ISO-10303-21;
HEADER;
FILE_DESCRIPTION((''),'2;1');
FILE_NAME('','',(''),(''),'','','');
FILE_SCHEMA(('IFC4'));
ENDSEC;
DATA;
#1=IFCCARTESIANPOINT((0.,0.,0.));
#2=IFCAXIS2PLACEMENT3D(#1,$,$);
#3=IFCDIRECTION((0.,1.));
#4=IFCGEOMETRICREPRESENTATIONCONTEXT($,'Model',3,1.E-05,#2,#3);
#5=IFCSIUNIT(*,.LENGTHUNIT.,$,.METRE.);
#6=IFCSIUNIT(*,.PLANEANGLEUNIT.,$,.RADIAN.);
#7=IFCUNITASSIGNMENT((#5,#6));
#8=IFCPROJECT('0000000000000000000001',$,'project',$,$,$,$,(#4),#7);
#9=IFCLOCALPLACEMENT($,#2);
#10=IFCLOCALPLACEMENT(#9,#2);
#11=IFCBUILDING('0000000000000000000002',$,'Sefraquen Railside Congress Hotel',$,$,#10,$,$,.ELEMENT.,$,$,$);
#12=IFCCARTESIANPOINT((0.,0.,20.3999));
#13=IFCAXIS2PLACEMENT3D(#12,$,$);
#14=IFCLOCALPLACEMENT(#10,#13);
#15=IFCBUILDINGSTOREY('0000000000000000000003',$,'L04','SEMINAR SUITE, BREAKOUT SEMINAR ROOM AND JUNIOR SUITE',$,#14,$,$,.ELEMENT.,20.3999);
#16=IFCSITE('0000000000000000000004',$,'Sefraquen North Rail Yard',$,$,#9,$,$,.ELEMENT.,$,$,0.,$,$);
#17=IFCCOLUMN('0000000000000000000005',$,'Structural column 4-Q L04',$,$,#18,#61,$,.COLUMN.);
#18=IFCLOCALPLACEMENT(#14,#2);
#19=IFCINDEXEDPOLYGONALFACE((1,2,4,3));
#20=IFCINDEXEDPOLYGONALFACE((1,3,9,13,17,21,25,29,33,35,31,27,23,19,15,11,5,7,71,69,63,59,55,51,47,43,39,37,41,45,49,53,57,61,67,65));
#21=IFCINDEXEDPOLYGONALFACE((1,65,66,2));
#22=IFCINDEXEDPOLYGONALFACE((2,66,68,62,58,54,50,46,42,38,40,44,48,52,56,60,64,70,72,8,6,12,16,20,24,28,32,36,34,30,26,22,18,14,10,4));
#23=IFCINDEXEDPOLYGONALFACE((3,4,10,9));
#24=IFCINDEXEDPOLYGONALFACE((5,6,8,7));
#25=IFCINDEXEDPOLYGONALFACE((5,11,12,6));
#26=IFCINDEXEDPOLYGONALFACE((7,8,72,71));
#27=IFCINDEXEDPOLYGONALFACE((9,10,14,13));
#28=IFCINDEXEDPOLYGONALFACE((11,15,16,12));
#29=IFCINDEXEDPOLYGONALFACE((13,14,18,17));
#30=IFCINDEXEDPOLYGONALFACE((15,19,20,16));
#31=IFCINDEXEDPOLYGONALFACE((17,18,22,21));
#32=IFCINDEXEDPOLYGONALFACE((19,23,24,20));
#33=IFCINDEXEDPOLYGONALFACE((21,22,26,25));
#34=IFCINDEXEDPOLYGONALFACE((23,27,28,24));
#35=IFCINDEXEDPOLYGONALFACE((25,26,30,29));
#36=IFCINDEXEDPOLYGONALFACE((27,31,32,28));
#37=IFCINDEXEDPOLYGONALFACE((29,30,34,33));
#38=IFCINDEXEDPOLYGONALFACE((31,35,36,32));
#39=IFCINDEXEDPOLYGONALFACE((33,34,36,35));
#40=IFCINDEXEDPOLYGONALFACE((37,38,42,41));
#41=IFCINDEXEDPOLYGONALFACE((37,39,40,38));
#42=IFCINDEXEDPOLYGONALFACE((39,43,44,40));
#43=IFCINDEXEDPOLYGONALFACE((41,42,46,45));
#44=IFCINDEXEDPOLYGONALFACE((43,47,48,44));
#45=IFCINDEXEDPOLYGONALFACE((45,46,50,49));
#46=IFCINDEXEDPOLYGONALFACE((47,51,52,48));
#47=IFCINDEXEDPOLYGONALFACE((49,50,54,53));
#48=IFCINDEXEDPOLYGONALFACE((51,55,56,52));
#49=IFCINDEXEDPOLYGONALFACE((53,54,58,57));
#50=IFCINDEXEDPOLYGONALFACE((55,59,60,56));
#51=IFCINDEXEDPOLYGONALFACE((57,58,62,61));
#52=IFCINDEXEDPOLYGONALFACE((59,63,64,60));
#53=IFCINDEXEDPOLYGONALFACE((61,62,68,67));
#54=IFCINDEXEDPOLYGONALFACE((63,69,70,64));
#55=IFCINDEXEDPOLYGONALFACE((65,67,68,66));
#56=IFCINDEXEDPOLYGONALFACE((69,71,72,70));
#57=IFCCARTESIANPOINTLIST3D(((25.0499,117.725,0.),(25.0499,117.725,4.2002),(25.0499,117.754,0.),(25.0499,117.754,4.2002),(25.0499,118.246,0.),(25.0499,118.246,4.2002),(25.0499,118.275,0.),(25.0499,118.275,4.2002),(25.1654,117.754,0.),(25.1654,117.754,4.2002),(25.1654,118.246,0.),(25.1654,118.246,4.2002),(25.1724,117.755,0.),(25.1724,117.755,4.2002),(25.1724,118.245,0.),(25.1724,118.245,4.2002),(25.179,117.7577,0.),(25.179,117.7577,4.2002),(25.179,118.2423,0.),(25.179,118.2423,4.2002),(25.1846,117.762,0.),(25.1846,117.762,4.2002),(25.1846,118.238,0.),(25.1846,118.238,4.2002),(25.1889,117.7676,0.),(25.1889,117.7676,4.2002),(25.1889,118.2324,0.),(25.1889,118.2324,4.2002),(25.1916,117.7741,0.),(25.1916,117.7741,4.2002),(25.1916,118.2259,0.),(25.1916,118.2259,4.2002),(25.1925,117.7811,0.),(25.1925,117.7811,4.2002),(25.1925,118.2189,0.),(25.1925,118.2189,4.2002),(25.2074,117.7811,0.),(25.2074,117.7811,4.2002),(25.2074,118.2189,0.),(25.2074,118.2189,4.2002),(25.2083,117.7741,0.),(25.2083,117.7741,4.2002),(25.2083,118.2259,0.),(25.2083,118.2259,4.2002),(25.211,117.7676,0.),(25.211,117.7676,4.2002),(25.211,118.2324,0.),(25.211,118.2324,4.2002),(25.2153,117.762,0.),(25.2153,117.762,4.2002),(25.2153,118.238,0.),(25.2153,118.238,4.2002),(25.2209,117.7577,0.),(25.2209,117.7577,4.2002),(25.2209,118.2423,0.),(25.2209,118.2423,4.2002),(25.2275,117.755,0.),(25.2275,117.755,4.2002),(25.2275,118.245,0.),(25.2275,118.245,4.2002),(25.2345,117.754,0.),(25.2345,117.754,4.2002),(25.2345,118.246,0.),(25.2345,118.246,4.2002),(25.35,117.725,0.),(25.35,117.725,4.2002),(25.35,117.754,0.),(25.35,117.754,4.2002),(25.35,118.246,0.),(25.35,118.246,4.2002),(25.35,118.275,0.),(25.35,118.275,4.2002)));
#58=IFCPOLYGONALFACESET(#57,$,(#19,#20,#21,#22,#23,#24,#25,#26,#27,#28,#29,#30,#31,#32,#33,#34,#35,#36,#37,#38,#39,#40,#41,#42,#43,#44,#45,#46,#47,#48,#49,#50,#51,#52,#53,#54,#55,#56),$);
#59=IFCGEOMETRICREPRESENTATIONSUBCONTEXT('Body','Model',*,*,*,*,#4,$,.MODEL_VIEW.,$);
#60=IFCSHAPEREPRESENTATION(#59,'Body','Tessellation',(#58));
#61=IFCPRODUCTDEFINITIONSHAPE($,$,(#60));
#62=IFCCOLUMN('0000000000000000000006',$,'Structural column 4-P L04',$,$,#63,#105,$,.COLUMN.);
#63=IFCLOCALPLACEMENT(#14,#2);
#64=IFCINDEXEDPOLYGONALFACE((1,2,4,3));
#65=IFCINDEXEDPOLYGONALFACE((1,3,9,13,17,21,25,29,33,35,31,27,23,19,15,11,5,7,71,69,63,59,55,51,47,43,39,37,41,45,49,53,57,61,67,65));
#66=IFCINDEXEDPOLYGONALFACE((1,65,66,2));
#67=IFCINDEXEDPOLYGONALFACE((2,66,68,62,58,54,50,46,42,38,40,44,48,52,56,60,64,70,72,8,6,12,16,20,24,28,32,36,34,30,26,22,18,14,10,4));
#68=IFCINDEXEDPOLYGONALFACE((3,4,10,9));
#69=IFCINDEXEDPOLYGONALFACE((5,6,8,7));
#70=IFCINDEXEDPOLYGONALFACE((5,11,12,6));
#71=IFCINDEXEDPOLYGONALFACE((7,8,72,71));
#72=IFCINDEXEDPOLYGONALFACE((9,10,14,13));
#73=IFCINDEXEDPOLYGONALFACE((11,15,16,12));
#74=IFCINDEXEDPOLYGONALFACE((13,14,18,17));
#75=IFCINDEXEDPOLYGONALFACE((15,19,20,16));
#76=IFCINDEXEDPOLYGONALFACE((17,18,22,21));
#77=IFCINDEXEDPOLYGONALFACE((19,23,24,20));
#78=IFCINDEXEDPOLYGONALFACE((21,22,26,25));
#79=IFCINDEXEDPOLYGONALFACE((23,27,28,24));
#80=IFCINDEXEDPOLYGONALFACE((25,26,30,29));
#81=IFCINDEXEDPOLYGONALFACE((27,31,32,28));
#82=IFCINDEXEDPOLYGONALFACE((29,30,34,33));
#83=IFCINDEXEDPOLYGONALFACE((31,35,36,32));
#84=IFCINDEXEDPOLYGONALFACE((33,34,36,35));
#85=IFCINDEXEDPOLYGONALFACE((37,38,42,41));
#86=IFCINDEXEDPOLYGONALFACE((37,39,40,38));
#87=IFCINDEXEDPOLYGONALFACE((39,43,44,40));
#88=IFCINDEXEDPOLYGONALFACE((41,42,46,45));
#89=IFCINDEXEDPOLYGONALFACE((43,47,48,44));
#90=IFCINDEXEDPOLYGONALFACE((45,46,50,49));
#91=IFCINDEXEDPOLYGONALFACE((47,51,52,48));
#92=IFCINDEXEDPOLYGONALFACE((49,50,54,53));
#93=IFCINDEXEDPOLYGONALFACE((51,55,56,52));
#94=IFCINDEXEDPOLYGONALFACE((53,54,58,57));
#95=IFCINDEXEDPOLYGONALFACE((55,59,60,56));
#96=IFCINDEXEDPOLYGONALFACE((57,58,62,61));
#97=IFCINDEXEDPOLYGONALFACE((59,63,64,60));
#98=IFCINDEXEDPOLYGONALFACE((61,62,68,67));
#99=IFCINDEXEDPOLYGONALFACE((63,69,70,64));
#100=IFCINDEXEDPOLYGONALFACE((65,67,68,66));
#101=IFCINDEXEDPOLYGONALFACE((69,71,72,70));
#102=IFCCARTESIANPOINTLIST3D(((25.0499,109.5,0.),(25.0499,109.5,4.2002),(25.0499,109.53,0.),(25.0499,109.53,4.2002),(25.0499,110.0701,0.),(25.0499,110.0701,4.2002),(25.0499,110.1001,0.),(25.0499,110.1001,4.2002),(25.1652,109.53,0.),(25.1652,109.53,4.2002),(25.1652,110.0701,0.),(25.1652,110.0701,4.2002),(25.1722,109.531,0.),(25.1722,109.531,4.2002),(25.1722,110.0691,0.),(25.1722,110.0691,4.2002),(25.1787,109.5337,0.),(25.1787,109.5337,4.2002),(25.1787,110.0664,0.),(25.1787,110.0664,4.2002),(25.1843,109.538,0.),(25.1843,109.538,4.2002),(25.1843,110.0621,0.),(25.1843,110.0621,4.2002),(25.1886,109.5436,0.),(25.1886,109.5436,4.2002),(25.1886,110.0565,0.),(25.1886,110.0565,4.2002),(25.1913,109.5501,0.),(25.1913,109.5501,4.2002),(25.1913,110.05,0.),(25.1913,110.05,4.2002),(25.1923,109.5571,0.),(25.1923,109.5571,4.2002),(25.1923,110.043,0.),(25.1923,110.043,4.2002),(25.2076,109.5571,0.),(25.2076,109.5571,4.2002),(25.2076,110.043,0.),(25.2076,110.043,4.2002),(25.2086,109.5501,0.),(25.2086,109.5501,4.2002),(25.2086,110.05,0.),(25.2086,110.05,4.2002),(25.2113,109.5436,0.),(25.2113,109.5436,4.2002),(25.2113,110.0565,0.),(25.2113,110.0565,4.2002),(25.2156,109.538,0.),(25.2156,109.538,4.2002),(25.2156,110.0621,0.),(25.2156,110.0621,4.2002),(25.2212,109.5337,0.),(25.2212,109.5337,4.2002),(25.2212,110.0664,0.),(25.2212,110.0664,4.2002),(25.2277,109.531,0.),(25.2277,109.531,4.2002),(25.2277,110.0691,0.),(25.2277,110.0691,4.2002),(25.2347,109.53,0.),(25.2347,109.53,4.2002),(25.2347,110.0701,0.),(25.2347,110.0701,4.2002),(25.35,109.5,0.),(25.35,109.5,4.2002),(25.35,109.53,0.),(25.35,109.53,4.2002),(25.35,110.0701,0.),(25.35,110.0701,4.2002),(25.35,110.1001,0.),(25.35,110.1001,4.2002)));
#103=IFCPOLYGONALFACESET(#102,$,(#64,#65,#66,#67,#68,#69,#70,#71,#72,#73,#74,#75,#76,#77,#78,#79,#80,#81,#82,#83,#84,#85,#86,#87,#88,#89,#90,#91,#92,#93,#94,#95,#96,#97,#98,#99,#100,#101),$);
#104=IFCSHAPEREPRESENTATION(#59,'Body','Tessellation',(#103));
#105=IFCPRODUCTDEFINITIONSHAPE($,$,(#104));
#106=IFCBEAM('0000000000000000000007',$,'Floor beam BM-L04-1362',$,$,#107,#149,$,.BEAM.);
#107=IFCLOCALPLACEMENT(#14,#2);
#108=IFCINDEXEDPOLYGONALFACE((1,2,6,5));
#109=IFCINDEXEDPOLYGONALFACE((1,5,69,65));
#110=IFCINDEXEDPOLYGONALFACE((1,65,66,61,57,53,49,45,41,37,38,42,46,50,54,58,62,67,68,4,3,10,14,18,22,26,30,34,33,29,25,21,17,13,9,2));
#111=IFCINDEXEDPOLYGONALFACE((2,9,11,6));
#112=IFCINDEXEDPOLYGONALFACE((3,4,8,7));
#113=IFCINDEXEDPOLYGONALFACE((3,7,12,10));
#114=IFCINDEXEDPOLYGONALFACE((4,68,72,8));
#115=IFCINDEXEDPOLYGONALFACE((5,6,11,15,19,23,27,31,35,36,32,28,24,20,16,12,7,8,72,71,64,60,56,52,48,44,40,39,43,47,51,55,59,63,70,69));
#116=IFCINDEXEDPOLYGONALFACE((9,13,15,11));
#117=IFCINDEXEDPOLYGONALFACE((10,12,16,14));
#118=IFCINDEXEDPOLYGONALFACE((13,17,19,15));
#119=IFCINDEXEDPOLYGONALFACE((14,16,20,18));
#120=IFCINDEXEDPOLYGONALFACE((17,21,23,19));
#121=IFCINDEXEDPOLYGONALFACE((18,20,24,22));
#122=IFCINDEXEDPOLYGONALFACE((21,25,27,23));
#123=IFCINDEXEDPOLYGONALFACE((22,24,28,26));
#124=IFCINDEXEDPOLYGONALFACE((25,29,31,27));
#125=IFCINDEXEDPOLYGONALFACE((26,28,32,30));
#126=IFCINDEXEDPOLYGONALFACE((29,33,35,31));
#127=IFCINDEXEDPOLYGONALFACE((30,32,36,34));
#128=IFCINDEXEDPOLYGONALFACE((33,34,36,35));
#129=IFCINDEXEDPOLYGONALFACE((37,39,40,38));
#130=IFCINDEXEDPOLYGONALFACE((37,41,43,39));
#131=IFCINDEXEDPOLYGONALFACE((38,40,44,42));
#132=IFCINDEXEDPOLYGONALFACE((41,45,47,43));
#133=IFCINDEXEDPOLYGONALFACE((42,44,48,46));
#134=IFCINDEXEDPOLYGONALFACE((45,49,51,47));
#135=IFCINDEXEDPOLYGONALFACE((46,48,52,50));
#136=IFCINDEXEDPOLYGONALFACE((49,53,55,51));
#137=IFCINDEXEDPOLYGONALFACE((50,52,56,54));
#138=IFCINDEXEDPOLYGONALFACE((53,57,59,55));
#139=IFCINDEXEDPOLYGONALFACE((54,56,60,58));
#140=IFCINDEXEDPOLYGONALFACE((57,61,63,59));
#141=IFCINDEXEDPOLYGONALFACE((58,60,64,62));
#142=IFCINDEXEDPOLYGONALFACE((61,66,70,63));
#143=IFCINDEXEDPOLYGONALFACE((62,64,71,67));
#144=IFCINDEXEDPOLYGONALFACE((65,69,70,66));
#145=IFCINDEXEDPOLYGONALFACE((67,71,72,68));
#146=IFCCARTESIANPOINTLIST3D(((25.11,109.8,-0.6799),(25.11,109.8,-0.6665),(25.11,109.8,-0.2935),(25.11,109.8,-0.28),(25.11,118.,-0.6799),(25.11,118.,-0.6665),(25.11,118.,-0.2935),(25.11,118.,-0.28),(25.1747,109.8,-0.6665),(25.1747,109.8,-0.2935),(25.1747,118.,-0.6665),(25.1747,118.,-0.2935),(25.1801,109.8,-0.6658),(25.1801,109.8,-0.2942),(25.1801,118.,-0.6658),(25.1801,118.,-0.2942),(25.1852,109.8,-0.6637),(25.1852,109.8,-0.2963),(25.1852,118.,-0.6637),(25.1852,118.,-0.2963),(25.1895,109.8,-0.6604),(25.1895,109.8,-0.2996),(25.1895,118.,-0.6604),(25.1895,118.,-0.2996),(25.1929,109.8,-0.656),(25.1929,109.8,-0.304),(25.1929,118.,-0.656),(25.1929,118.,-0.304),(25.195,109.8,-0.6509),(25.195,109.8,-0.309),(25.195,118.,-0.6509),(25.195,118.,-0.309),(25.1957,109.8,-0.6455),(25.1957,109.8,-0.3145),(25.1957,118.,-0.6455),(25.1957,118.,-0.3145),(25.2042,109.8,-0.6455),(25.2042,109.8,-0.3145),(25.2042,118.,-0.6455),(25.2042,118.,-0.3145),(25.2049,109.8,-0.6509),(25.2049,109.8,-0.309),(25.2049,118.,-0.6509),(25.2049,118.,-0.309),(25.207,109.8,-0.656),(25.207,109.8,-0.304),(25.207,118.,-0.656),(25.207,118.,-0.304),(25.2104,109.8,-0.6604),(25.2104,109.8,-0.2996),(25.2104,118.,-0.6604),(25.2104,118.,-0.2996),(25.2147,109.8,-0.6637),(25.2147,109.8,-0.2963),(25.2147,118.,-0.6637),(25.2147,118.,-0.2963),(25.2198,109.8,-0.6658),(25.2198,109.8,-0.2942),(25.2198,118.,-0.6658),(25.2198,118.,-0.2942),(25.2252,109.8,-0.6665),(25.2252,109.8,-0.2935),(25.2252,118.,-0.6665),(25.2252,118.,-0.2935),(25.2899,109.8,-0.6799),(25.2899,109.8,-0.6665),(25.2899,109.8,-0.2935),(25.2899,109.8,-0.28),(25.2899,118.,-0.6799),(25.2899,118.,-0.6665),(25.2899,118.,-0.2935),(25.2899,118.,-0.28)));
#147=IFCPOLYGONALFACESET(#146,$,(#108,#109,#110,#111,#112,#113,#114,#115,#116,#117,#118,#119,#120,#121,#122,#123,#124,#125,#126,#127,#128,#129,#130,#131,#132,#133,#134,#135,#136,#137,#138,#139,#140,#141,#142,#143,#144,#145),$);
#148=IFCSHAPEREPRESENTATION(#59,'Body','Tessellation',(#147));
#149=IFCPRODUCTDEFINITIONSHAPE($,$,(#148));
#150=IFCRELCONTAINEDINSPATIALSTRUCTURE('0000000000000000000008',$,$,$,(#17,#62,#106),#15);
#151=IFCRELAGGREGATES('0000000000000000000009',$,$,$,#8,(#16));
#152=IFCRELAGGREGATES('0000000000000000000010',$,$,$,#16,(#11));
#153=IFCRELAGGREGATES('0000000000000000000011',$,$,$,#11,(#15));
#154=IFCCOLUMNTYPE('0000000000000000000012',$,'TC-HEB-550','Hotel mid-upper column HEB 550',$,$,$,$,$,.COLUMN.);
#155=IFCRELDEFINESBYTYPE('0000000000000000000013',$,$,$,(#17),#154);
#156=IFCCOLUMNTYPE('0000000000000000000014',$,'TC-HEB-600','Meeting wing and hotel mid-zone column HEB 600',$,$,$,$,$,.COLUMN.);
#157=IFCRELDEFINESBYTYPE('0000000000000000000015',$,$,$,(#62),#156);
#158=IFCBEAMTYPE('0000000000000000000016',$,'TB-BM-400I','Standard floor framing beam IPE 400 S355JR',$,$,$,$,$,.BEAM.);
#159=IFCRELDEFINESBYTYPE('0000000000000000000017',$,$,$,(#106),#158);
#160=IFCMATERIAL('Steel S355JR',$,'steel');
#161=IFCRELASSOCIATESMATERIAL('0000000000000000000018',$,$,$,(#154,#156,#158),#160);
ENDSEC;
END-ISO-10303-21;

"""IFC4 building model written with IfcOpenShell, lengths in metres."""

from ifc_helpers import new_model, si_unit, direction, frame, origin, origin_2d, place, context, subcontext, project, spatial, i_section, extrude, material, material_profile, profile_set, type_object, element, save


model = new_model("IFC4")

# Units and contexts
model_context = context("Model", 3, precision=1e-05, world=origin(), true_north=direction((0.0, 1.0)))
body_context = subcontext(model_context, "Body", "Model", "MODEL_VIEW")
ifc_project = project(units=[si_unit("LENGTHUNIT", "METRE"), si_unit("PLANEANGLEUNIT", "RADIAN")], contexts=[model_context])

# Site, building, storey
site_placement = place(None, origin())
site = spatial("IfcSite", under=ifc_project, at=site_placement, Name="Sefraquen North Rail Yard", CompositionType="ELEMENT", RefElevation=0.0)
building_placement = place(site_placement, origin())
building = spatial("IfcBuilding", under=site, at=building_placement, Name="Sefraquen Railside Congress Hotel", CompositionType="ELEMENT")
storey_placement = place(building_placement, frame((0.0, 0.0, 20.3999)))
storey = spatial("IfcBuildingStorey", under=building, at=storey_placement, Name="L04", Description="SEMINAR SUITE, BREAKOUT SEMINAR ROOM AND JUNIOR SUITE", CompositionType="ELEMENT", Elevation=20.3999)

# Columns
ifc_material_1 = material(Name="Steel S355JR", Category="steel")
ifc_material_profile_1 = material_profile(ifc_material_1, i_section(OverallWidth=0.3, OverallDepth=0.55, WebThickness=0.0149, FlangeThickness=0.0291, FilletRadius=0.0271, at=origin_2d()), Name="HEB 550")
ifc_profile_set_1 = profile_set([ifc_material_profile_1], Name="Steel S355JR")
column_type_1 = type_object("IfcColumnType", Name="TC-HEB-550", Description="Hotel mid-upper column HEB 550", PredefinedType="COLUMN", material=ifc_profile_set_1)
column_1_placement = place(storey_placement, frame((25.2, 118.0, 0.0), z_axis=(0.0, 0.0, 1.0), x_axis=(1.0, 0.0, 0.0)))
element("IfcColumn", 1, at=column_1_placement, inside=storey, type_object=column_type_1, Name="Structural column 4-Q L04", PredefinedType="COLUMN", context=body_context, shape_type="SweptSolid", body=[
    extrude(i_section(OverallWidth=0.3, OverallDepth=0.55, WebThickness=0.0149, FlangeThickness=0.0291, FilletRadius=0.0271, at=origin_2d()), origin(), (0.0, 0.0, 1.0), 4.2002),
])
ifc_material_profile_2 = material_profile(ifc_material_1, i_section(OverallWidth=0.3, OverallDepth=0.6001, WebThickness=0.0154, FlangeThickness=0.03, FilletRadius=0.0271, at=origin_2d()), Name="HEB 600")
ifc_profile_set_2 = profile_set([ifc_material_profile_2], Name="Steel S355JR")
column_type_2 = type_object("IfcColumnType", Name="TC-HEB-600", Description="Meeting wing and hotel mid-zone column HEB 600", PredefinedType="COLUMN", material=ifc_profile_set_2)
column_2_placement = place(storey_placement, frame((25.2, 109.8, 0.0), z_axis=(0.0, 0.0, 1.0), x_axis=(1.0, 0.0, 0.0)))
element("IfcColumn", 2, at=column_2_placement, inside=storey, type_object=column_type_2, Name="Structural column 4-P L04", PredefinedType="COLUMN", context=body_context, shape_type="SweptSolid", body=[
    extrude(i_section(OverallWidth=0.3, OverallDepth=0.6001, WebThickness=0.0154, FlangeThickness=0.03, FilletRadius=0.0271, at=origin_2d()), origin(), (0.0, 0.0, 1.0), 4.2002),
])

# Beam
ifc_material_profile_3 = material_profile(ifc_material_1, i_section(OverallWidth=0.1799, OverallDepth=0.3999, WebThickness=0.0085, FlangeThickness=0.0134, FilletRadius=0.021, at=origin_2d()), Name="IPE 400")
ifc_profile_set_3 = profile_set([ifc_material_profile_3], Name="Steel S355JR")
beam_type_1 = type_object("IfcBeamType", Name="TB-BM-400I", Description="Standard floor framing beam IPE 400 S355JR", PredefinedType="BEAM", material=ifc_profile_set_3)
beam_placement = place(storey_placement, frame((25.2, 109.8, -0.48), z_axis=(0.0, 1.0, 0.0), x_axis=(-1.0, 0.0, 0.0)))
element("IfcBeam", 3, at=beam_placement, inside=storey, type_object=beam_type_1, Name="Floor beam BM-L04-1362", PredefinedType="BEAM", context=body_context, shape_type="SweptSolid", body=[
    extrude(i_section(OverallWidth=0.1799, OverallDepth=0.3999, WebThickness=0.0085, FlangeThickness=0.0134, FilletRadius=0.021, at=origin_2d()), origin(), (0.0, 0.0, 1.0), 8.2),
])

save(model, "model.ifc")
